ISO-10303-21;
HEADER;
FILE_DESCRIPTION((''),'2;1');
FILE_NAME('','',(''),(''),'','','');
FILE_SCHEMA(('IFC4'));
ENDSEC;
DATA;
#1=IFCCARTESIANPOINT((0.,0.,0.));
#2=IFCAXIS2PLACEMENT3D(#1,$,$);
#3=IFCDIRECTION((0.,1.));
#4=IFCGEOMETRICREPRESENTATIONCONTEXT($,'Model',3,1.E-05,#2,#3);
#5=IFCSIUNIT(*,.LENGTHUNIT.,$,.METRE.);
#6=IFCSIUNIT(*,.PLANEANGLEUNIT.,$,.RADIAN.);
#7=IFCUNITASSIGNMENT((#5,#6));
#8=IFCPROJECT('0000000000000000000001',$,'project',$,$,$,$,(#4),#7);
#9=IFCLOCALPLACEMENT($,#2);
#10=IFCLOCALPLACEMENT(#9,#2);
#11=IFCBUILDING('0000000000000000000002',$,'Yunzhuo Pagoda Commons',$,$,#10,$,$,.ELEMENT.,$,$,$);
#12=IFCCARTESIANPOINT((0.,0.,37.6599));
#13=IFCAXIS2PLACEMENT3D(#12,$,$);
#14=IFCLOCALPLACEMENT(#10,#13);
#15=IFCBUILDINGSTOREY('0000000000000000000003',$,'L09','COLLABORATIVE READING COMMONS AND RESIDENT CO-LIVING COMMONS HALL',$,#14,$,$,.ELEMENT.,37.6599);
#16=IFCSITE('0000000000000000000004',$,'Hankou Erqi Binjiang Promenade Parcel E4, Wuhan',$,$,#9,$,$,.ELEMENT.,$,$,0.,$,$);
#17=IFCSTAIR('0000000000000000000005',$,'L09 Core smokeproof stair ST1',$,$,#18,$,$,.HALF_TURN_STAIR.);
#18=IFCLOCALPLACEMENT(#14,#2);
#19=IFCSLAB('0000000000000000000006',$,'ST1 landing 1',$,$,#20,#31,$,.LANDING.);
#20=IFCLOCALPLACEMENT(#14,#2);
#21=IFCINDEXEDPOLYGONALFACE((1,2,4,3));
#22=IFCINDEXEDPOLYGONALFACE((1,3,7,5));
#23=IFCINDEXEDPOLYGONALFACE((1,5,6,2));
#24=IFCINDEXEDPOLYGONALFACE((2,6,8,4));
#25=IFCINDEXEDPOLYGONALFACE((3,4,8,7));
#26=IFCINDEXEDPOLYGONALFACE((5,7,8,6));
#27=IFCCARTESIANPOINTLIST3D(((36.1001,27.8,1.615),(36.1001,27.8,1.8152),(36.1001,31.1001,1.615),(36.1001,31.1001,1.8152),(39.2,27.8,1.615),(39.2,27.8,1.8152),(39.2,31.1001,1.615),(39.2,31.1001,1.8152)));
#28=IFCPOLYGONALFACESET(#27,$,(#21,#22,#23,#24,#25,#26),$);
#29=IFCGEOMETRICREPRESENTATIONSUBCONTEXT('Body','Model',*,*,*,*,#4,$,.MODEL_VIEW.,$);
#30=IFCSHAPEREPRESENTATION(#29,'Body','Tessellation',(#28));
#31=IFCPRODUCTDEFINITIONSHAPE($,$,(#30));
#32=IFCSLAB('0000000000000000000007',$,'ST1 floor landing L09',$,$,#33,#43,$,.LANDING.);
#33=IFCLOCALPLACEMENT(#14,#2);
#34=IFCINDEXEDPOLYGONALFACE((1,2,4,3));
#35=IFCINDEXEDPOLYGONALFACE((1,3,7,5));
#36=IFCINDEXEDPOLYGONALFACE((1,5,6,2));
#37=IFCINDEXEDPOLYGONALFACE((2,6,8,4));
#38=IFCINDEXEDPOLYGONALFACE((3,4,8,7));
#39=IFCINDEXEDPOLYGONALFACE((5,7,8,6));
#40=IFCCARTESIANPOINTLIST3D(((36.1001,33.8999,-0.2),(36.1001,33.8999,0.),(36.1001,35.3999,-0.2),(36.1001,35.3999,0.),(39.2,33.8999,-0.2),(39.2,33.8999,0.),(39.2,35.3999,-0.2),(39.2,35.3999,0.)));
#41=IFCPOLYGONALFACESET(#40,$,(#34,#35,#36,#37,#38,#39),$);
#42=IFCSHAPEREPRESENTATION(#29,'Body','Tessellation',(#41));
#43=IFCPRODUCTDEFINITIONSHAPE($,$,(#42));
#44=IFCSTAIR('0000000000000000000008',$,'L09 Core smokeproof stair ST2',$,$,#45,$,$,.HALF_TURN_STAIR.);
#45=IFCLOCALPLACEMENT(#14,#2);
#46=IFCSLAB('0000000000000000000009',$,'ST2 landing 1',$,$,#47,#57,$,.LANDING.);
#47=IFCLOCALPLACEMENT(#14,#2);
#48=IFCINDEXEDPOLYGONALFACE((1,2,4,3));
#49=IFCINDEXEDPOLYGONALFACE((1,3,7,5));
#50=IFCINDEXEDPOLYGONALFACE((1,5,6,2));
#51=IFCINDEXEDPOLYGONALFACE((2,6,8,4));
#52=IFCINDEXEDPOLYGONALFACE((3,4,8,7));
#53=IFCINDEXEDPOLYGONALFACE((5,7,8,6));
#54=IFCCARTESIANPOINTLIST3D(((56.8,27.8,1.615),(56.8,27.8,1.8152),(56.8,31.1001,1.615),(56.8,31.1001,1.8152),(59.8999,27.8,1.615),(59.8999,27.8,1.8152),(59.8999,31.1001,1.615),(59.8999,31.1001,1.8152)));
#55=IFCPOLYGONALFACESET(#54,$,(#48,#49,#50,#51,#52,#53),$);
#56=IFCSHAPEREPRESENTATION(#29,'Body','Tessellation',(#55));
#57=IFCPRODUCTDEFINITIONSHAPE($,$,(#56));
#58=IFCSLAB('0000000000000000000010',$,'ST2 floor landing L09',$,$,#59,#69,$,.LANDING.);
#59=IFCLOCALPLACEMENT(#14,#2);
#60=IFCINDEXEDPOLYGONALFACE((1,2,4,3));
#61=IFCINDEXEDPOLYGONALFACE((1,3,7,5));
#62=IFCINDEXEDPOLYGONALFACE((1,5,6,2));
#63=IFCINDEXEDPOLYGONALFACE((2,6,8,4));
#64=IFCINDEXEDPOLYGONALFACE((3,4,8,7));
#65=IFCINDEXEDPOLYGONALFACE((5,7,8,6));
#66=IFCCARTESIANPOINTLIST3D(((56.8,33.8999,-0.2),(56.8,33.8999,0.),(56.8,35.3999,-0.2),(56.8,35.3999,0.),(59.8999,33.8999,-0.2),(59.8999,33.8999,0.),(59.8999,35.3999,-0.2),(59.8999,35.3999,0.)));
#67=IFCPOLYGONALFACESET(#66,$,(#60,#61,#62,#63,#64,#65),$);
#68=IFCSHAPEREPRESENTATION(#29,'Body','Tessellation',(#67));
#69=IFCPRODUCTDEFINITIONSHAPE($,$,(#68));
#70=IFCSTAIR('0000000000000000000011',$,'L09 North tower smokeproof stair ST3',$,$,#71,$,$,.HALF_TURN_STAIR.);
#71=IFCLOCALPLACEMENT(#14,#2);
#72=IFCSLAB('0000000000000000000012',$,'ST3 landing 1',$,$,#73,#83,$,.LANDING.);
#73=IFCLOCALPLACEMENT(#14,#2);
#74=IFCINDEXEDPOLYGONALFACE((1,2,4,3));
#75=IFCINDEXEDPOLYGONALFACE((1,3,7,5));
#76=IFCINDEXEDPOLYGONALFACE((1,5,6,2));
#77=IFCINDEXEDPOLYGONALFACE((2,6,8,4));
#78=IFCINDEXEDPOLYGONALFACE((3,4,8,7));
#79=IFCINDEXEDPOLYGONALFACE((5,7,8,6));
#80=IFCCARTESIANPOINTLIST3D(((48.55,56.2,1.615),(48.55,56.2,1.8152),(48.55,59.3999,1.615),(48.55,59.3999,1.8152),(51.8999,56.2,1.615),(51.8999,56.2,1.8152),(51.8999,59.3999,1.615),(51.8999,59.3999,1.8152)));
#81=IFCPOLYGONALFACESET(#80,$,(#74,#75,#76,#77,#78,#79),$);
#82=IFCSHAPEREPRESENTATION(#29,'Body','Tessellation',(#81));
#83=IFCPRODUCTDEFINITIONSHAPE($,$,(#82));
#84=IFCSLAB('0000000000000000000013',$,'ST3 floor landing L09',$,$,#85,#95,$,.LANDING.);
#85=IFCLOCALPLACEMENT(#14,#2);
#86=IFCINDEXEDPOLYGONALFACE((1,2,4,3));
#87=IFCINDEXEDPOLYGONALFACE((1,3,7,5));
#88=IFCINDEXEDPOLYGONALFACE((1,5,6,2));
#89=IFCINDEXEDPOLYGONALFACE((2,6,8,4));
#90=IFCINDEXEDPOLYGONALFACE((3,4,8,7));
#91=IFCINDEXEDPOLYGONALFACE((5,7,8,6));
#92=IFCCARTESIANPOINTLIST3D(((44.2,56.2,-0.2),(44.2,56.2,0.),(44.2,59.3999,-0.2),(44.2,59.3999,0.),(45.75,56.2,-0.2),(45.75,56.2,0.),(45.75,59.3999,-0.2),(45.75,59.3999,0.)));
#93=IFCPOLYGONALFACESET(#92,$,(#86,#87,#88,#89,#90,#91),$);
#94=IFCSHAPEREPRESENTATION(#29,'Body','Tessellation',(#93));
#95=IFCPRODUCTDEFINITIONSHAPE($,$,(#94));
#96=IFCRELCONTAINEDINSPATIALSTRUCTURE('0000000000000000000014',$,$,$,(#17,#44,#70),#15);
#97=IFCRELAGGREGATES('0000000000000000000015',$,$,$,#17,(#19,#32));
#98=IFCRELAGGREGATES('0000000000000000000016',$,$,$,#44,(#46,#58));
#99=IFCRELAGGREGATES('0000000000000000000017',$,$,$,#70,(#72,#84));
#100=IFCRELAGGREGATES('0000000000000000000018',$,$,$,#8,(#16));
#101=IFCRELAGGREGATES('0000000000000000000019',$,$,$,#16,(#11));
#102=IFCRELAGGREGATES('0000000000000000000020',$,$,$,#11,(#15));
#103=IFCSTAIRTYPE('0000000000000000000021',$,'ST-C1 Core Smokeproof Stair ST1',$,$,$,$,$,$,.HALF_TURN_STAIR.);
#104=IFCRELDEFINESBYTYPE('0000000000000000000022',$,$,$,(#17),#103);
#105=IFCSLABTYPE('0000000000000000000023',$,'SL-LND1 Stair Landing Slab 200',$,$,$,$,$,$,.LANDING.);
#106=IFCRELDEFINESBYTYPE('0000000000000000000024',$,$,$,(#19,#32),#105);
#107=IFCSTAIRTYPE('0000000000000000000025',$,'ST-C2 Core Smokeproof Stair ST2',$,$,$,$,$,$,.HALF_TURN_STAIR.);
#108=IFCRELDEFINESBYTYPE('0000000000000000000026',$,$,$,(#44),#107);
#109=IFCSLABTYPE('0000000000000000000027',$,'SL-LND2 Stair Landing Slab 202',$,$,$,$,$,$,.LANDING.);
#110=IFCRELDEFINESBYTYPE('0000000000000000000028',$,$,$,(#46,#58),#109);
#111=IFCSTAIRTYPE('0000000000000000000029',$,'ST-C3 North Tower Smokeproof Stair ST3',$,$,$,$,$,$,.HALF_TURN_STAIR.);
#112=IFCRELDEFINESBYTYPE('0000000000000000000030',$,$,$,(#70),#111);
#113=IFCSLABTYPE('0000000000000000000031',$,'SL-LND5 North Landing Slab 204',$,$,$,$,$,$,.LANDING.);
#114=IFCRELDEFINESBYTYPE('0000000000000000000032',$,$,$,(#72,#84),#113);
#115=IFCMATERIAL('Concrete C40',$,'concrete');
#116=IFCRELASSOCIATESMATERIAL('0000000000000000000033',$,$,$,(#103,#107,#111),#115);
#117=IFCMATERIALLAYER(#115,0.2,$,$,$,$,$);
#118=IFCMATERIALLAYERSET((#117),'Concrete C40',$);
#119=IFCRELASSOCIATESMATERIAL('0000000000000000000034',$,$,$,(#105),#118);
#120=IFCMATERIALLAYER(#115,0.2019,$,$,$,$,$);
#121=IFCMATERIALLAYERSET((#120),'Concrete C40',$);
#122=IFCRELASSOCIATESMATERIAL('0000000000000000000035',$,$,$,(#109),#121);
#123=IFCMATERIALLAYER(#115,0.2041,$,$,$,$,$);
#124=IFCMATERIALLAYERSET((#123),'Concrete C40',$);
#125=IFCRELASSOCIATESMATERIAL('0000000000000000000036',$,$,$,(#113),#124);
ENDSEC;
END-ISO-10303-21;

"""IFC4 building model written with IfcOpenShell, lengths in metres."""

from ifc_helpers import new_model, si_unit, direction, frame, origin, place, context, subcontext, project, spatial, polyline, outline, extrude, material, layer, layer_set, type_object, element, aggregate, save


model = new_model("IFC4")

# Units and contexts
model_context = context("Model", 3, precision=1e-05, world=origin(), true_north=direction((0.0, 1.0)))
body_context = subcontext(model_context, "Body", "Model", "MODEL_VIEW")
ifc_project = project(units=[si_unit("LENGTHUNIT", "METRE"), si_unit("PLANEANGLEUNIT", "RADIAN")], contexts=[model_context])

# Site, building, storey
site_placement = place(None, origin())
site = spatial("IfcSite", under=ifc_project, at=site_placement, Name="Hankou Erqi Binjiang Promenade Parcel E4, Wuhan", CompositionType="ELEMENT", RefElevation=0.0)
building_placement = place(site_placement, origin())
building = spatial("IfcBuilding", under=site, at=building_placement, Name="Yunzhuo Pagoda Commons", CompositionType="ELEMENT")
storey_placement = place(building_placement, frame((0.0, 0.0, 37.6599)))
storey = spatial("IfcBuildingStorey", under=building, at=storey_placement, Name="L09", Description="COLLABORATIVE READING COMMONS AND RESIDENT CO-LIVING COMMONS HALL", CompositionType="ELEMENT", Elevation=37.6599)

# Shared definitions
ifc_material_1 = material(Name="Concrete C40", Category="concrete")

# Stairs, slabs
stair_type_1 = type_object("IfcStairType", Name="ST-C1 Core Smokeproof Stair ST1", PredefinedType="HALF_TURN_STAIR", material=ifc_material_1)
stair_1_placement = place(storey_placement, origin())
stair_1 = element("IfcStair", 1, at=stair_1_placement, inside=storey, type_object=stair_type_1, Name="L09 Core smokeproof stair ST1", PredefinedType="HALF_TURN_STAIR")
ifc_layer_1 = layer(ifc_material_1, 0.2)
ifc_layer_set_1 = layer_set([ifc_layer_1], Name="Concrete C40")
slab_type_1 = type_object("IfcSlabType", Name="SL-LND1 Stair Landing Slab 200", PredefinedType="LANDING", material=ifc_layer_set_1)
slab_1_placement = place(storey_placement, frame((0.0, 0.0, 1.615)))
slab_1 = element("IfcSlab", 2, at=slab_1_placement, type_object=slab_type_1, Name="ST1 landing 1", PredefinedType="LANDING", context=body_context, shape_type="SweptSolid", body=[
    extrude(outline(polyline([(36.1001, 31.1001), (36.1001, 27.8), (39.2, 27.8), (39.2, 31.1001), (36.1001, 31.1001)])), origin(), (0.0, 0.0, 1.0), 0.2002),
])
slab_2_placement = place(storey_placement, frame((0.0, 0.0, -0.2)))
slab_2 = element("IfcSlab", 3, at=slab_2_placement, type_object=slab_type_1, Name="ST1 floor landing L09", PredefinedType="LANDING", context=body_context, shape_type="SweptSolid", body=[
    extrude(outline(polyline([(36.1001, 35.3999), (36.1001, 33.8999), (39.2, 33.8999), (39.2, 35.3999), (36.1001, 35.3999)])), origin(), (0.0, 0.0, 1.0), 0.2),
])
aggregate(stair_1, [slab_1, slab_2])
stair_type_2 = type_object("IfcStairType", Name="ST-C2 Core Smokeproof Stair ST2", PredefinedType="HALF_TURN_STAIR", material=ifc_material_1)
stair_2_placement = place(storey_placement, origin())
stair_2 = element("IfcStair", 4, at=stair_2_placement, inside=storey, type_object=stair_type_2, Name="L09 Core smokeproof stair ST2", PredefinedType="HALF_TURN_STAIR")
ifc_layer_2 = layer(ifc_material_1, 0.2019)
ifc_layer_set_2 = layer_set([ifc_layer_2], Name="Concrete C40")
slab_type_2 = type_object("IfcSlabType", Name="SL-LND2 Stair Landing Slab 202", PredefinedType="LANDING", material=ifc_layer_set_2)
slab_3_placement = place(storey_placement, frame((0.0, 0.0, 1.615)))
slab_3 = element("IfcSlab", 5, at=slab_3_placement, type_object=slab_type_2, Name="ST2 landing 1", PredefinedType="LANDING", context=body_context, shape_type="SweptSolid", body=[
    extrude(outline(polyline([(56.8, 31.1001), (56.8, 27.8), (59.8999, 27.8), (59.8999, 31.1001), (56.8, 31.1001)])), origin(), (0.0, 0.0, 1.0), 0.2002),
])
slab_4_placement = place(storey_placement, frame((0.0, 0.0, -0.2)))
slab_4 = element("IfcSlab", 6, at=slab_4_placement, type_object=slab_type_2, Name="ST2 floor landing L09", PredefinedType="LANDING", context=body_context, shape_type="SweptSolid", body=[
    extrude(outline(polyline([(56.8, 35.3999), (56.8, 33.8999), (59.8999, 33.8999), (59.8999, 35.3999), (56.8, 35.3999)])), origin(), (0.0, 0.0, 1.0), 0.2),
])
aggregate(stair_2, [slab_3, slab_4])
stair_type_3 = type_object("IfcStairType", Name="ST-C3 North Tower Smokeproof Stair ST3", PredefinedType="HALF_TURN_STAIR", material=ifc_material_1)
stair_3_placement = place(storey_placement, origin())
stair_3 = element("IfcStair", 7, at=stair_3_placement, inside=storey, type_object=stair_type_3, Name="L09 North tower smokeproof stair ST3", PredefinedType="HALF_TURN_STAIR")
ifc_layer_3 = layer(ifc_material_1, 0.2041)
ifc_layer_set_3 = layer_set([ifc_layer_3], Name="Concrete C40")
slab_type_3 = type_object("IfcSlabType", Name="SL-LND5 North Landing Slab 204", PredefinedType="LANDING", material=ifc_layer_set_3)
slab_5_placement = place(storey_placement, frame((0.0, 0.0, 1.615)))
slab_5 = element("IfcSlab", 8, at=slab_5_placement, type_object=slab_type_3, Name="ST3 landing 1", PredefinedType="LANDING", context=body_context, shape_type="SweptSolid", body=[
    extrude(outline(polyline([(48.55, 56.2), (51.8999, 56.2), (51.8999, 59.3999), (48.55, 59.3999), (48.55, 56.2)])), origin(), (0.0, 0.0, 1.0), 0.2002),
])
slab_6_placement = place(storey_placement, frame((0.0, 0.0, -0.2)))
slab_6 = element("IfcSlab", 9, at=slab_6_placement, type_object=slab_type_3, Name="ST3 floor landing L09", PredefinedType="LANDING", context=body_context, shape_type="SweptSolid", body=[
    extrude(outline(polyline([(44.2, 56.2), (45.75, 56.2), (45.75, 59.3999), (44.2, 59.3999), (44.2, 56.2)])), origin(), (0.0, 0.0, 1.0), 0.2),
])
aggregate(stair_3, [slab_5, slab_6])

save(model, "model.ifc")
